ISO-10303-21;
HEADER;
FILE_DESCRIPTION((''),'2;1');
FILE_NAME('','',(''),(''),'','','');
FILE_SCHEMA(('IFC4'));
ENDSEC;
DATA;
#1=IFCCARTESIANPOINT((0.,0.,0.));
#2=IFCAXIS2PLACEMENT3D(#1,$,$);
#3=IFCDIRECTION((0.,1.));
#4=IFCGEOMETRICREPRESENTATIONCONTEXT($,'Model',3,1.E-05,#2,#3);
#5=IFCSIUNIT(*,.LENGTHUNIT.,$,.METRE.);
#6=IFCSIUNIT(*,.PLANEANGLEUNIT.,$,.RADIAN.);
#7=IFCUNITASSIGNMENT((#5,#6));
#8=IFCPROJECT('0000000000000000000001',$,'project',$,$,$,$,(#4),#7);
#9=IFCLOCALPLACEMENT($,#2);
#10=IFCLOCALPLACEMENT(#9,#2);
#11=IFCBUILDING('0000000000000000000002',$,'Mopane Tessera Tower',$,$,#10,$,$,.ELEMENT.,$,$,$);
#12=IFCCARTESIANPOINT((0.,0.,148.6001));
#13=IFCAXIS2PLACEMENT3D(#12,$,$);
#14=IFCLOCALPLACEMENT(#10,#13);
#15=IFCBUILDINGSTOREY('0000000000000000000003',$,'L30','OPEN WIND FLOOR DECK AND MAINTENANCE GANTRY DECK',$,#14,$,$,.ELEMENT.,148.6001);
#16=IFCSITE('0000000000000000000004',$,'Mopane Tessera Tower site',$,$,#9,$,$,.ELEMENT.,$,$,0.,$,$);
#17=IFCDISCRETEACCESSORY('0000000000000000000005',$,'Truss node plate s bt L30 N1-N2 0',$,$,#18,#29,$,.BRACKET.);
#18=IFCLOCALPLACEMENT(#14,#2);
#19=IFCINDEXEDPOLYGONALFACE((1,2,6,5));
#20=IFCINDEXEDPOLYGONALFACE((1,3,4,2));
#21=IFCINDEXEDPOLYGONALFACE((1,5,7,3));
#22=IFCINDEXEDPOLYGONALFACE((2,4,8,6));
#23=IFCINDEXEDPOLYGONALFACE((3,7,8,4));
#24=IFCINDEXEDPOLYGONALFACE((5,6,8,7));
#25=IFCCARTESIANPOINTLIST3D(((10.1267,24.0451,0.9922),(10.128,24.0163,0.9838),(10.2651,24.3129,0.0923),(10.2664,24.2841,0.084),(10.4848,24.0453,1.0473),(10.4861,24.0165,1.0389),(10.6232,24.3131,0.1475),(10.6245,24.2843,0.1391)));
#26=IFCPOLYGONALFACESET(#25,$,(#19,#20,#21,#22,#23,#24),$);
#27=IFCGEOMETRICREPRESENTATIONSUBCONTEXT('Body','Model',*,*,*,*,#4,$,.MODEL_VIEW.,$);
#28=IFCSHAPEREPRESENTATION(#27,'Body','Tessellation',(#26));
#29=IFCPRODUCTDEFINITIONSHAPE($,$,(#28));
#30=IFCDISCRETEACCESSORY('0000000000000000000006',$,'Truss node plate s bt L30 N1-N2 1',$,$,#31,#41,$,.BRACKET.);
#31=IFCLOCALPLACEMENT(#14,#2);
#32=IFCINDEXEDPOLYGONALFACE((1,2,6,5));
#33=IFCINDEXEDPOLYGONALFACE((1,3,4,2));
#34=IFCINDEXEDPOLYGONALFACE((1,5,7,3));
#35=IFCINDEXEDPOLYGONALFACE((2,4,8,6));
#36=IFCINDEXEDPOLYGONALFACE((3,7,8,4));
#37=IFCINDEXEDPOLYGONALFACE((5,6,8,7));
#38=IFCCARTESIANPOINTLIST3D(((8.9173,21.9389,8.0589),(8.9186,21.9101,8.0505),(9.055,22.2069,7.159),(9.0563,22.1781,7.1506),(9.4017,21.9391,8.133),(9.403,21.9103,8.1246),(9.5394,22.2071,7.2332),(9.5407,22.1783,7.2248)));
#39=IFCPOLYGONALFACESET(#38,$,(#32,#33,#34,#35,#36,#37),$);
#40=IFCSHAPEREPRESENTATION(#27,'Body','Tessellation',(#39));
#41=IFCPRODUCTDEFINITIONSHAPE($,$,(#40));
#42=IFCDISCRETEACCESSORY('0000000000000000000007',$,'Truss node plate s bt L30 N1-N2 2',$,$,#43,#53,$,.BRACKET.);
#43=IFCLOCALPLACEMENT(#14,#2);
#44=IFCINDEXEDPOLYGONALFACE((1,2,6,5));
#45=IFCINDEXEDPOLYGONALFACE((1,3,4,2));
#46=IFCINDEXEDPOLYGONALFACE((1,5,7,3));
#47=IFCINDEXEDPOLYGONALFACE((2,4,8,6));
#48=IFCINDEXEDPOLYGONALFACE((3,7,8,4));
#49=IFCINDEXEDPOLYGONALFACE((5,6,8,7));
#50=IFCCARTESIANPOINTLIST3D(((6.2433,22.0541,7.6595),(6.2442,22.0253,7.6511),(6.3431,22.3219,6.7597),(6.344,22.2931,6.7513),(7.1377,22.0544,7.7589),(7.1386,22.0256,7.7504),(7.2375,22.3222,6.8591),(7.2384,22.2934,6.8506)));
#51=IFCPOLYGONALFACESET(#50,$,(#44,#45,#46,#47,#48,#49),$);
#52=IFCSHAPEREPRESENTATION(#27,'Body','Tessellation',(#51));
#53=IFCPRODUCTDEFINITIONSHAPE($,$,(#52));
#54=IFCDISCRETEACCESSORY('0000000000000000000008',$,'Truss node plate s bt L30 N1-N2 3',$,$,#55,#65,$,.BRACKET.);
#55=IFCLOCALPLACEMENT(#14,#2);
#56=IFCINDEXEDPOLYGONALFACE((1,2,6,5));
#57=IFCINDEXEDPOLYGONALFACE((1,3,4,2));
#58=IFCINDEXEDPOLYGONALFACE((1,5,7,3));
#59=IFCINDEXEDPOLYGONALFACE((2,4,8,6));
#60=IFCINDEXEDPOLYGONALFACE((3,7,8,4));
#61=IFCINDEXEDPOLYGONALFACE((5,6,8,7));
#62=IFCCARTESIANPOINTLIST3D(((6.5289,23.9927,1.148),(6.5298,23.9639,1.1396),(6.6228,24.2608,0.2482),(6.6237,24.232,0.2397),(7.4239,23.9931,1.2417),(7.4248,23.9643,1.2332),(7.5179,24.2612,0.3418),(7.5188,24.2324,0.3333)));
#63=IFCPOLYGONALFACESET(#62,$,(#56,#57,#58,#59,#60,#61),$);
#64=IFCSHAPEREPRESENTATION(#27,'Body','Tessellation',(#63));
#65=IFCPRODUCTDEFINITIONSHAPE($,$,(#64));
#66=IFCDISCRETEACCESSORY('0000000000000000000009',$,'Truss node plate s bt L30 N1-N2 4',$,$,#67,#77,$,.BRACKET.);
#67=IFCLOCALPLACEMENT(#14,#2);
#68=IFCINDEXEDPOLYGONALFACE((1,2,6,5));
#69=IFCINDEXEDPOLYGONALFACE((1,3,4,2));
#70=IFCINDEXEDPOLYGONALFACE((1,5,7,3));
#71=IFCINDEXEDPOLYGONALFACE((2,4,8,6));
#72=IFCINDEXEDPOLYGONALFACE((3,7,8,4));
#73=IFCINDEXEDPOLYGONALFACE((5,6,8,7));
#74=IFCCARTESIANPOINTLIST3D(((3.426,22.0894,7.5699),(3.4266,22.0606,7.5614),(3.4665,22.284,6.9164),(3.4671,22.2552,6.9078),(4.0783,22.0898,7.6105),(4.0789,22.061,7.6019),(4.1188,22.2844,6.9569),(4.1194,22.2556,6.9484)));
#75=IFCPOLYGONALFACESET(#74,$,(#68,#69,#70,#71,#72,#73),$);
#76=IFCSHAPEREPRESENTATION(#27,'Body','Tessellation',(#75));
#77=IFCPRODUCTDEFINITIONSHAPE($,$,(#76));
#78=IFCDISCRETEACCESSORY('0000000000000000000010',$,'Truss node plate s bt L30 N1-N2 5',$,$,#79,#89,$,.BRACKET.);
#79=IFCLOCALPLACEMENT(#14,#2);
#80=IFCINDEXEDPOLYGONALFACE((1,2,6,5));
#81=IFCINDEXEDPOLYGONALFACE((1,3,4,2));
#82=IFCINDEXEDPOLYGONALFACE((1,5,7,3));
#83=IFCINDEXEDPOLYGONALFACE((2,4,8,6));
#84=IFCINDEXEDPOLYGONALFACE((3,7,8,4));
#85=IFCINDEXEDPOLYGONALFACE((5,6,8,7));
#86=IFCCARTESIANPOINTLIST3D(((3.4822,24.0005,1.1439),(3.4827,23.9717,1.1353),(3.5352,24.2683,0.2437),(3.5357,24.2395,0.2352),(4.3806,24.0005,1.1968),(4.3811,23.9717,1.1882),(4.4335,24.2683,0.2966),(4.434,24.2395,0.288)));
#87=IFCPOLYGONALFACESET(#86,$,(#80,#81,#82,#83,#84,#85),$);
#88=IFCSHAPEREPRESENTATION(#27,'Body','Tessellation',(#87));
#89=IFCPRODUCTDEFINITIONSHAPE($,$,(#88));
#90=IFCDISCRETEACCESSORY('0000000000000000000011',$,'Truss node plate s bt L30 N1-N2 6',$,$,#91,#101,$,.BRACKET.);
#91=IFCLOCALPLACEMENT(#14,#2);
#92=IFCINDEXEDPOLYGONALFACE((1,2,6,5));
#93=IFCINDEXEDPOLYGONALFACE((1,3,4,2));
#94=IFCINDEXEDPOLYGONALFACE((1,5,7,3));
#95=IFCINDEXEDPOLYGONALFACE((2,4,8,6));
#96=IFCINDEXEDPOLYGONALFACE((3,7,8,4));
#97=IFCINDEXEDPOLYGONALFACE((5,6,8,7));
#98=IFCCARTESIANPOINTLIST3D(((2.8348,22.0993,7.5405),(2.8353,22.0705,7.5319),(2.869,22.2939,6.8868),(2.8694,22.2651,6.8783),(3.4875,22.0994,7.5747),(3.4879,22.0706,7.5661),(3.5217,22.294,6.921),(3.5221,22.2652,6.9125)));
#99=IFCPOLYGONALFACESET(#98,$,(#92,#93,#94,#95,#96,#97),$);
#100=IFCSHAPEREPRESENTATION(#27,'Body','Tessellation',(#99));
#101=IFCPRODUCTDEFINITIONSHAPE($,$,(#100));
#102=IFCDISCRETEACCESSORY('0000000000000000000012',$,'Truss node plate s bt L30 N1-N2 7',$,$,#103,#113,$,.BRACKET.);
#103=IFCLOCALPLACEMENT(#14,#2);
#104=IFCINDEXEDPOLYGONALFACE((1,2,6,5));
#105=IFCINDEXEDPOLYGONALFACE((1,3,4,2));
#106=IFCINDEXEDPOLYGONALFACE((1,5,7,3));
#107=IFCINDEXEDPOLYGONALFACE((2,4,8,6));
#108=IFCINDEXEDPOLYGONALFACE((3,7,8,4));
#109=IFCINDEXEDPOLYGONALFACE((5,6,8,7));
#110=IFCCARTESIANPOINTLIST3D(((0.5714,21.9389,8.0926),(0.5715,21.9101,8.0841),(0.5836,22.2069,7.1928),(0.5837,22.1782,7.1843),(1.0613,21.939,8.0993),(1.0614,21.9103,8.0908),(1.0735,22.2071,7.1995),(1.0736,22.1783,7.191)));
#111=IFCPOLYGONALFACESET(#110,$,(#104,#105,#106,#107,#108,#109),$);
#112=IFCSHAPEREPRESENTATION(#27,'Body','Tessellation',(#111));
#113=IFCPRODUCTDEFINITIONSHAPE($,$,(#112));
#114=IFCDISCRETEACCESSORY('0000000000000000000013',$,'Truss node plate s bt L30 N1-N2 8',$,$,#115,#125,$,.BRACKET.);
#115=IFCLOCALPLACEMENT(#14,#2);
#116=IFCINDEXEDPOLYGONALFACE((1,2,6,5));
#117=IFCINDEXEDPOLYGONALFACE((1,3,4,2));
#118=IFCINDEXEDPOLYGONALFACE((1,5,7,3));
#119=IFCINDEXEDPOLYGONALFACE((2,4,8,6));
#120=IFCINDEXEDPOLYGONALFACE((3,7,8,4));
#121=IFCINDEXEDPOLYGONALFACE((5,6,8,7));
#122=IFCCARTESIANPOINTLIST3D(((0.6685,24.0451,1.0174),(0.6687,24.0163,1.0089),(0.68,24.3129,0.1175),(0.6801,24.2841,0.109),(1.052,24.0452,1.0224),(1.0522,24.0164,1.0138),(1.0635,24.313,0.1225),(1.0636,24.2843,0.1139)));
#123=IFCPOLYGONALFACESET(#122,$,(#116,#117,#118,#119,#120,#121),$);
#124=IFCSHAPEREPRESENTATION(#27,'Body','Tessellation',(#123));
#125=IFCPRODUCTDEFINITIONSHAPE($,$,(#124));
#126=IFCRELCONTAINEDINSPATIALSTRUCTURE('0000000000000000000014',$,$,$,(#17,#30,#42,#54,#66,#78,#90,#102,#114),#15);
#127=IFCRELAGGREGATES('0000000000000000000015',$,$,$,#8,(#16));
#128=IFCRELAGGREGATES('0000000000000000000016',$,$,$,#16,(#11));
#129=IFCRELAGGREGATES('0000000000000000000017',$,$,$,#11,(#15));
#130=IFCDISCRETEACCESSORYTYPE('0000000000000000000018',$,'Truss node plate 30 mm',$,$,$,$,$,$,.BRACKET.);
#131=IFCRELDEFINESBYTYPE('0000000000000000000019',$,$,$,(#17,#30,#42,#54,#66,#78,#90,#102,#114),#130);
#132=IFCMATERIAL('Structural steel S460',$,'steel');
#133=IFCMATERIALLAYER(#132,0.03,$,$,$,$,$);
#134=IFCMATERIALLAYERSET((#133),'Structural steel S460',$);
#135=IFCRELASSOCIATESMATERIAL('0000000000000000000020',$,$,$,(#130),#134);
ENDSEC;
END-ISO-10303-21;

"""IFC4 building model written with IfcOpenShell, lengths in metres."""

from ifc_helpers import new_model, si_unit, direction, frame, origin, origin_2d, place, context, subcontext, project, spatial, rectangle, extrude, material, layer, layer_set, type_object, element, save


model = new_model("IFC4")

# Units and contexts
model_context = context("Model", 3, precision=1e-05, world=origin(), true_north=direction((0.0, 1.0)))
body_context = subcontext(model_context, "Body", "Model", "MODEL_VIEW")
ifc_project = project(units=[si_unit("LENGTHUNIT", "METRE"), si_unit("PLANEANGLEUNIT", "RADIAN")], contexts=[model_context])

# Site, building, storey
site_placement = place(None, origin())
site = spatial("IfcSite", under=ifc_project, at=site_placement, Name="Mopane Tessera Tower site", CompositionType="ELEMENT", RefElevation=0.0)
building_placement = place(site_placement, origin())
building = spatial("IfcBuilding", under=site, at=building_placement, Name="Mopane Tessera Tower", CompositionType="ELEMENT")
storey_placement = place(building_placement, frame((0.0, 0.0, 148.6001)))
storey = spatial("IfcBuildingStorey", under=building, at=storey_placement, Name="L30", Description="OPEN WIND FLOOR DECK AND MAINTENANCE GANTRY DECK", CompositionType="ELEMENT", Elevation=148.6001)

# Discrete accessories
ifc_material_1 = material(Name="Structural steel S460", Category="steel")
ifc_layer_1 = layer(ifc_material_1, 0.03)
ifc_layer_set_1 = layer_set([ifc_layer_1], Name="Structural steel S460")
discrete_accessory_type = type_object("IfcDiscreteAccessoryType", Name="Truss node plate 30 mm", PredefinedType="BRACKET", material=ifc_layer_set_1)
discrete_accessory_1_placement = place(storey_placement, frame((10.4448, 24.2986, 0.1157), z_axis=(-0.145858, -0.282197, 0.948204), x_axis=(0.043341, -0.959356, -0.27885)))
element("IfcDiscreteAccessory", 1, at=discrete_accessory_1_placement, inside=storey, type_object=discrete_accessory_type, Name="Truss node plate s bt L30 N1-N2 0", PredefinedType="BRACKET", context=body_context, shape_type="SweptSolid", body=[
    extrude(rectangle(XDim=0.03, YDim=0.3623, at=origin_2d()), origin(), (0.0, 0.0, 1.0), 0.949),
])
discrete_accessory_2_placement = place(storey_placement, frame((9.2979, 22.1926, 7.1919), z_axis=(-0.145092, -0.282466, 0.948241), x_axis=(0.043146, -0.959277, -0.279151)))
element("IfcDiscreteAccessory", 2, at=discrete_accessory_2_placement, inside=storey, type_object=discrete_accessory_type, Name="Truss node plate s bt L30 N1-N2 1", PredefinedType="BRACKET", context=body_context, shape_type="SweptSolid", body=[
    extrude(rectangle(XDim=0.03, YDim=0.49, at=origin_2d()), origin(), (0.0, 0.0, 1.0), 0.949),
])
discrete_accessory_3_placement = place(storey_placement, frame((6.7908, 22.3076, 6.8052), z_axis=(-0.105754, -0.283648, 0.953079), x_axis=(0.031613, -0.958928, -0.281881)))
element("IfcDiscreteAccessory", 3, at=discrete_accessory_3_placement, inside=storey, type_object=discrete_accessory_type, Name="Truss node plate s bt L30 N1-N2 2", PredefinedType="BRACKET", context=body_context, shape_type="SweptSolid", body=[
    extrude(rectangle(XDim=0.03, YDim=0.8999, at=origin_2d()), origin(), (0.0, 0.0, 1.0), 0.9441),
])
discrete_accessory_4_placement = place(storey_placement, frame((7.0708, 24.2466, 0.2908), z_axis=(-0.099605, -0.284067, 0.953617), x_axis=(0.029975, -0.958804, -0.282481)))
element("IfcDiscreteAccessory", 4, at=discrete_accessory_4_placement, inside=storey, type_object=discrete_accessory_type, Name="Truss node plate s bt L30 N1-N2 3", PredefinedType="BRACKET", context=body_context, shape_type="SweptSolid", body=[
    extrude(rectangle(XDim=0.03, YDim=0.8999, at=origin_2d()), origin(), (0.0, 0.0, 1.0), 0.9436),
])
discrete_accessory_5_placement = place(storey_placement, frame((3.793, 22.2698, 6.9324), z_axis=(-0.059327, -0.284841, 0.956737), x_axis=(0.018225, -0.958575, -0.284258)))
element("IfcDiscreteAccessory", 5, at=discrete_accessory_5_placement, inside=storey, type_object=discrete_accessory_type, Name="Truss node plate s bt L30 N1-N2 4", PredefinedType="BRACKET", context=body_context, shape_type="SweptSolid", body=[
    extrude(rectangle(XDim=0.03, YDim=0.6536, at=origin_2d()), origin(), (0.0, 0.0, 1.0), 0.6831),
])
discrete_accessory_6_placement = place(storey_placement, frame((3.9846, 24.2539, 0.2659), z_axis=(-0.056322, -0.284724, 0.956953), x_axis=(0.016739, -0.958609, -0.284232)))
element("IfcDiscreteAccessory", 6, at=discrete_accessory_6_placement, inside=storey, type_object=discrete_accessory_type, Name="Truss node plate s bt L30 N1-N2 5", PredefinedType="BRACKET", context=body_context, shape_type="SweptSolid", body=[
    extrude(rectangle(XDim=0.03, YDim=0.8999, at=origin_2d()), origin(), (0.0, 0.0, 1.0), 0.9407),
])
discrete_accessory_7_placement = place(storey_placement, frame((3.1956, 22.2795, 6.8997), z_axis=(-0.05006, -0.284986, 0.957224), x_axis=(0.015114, -0.958532, -0.284585)))
element("IfcDiscreteAccessory", 7, at=discrete_accessory_7_placement, inside=storey, type_object=discrete_accessory_type, Name="Truss node plate s bt L30 N1-N2 6", PredefinedType="BRACKET", context=body_context, shape_type="SweptSolid", body=[
    extrude(rectangle(XDim=0.03, YDim=0.6536, at=origin_2d()), origin(), (0.0, 0.0, 1.0), 0.6829),
])
discrete_accessory_8_placement = place(storey_placement, frame((0.8286, 22.1926, 7.1919), z_axis=(-0.012999, -0.285463, 0.958302), x_axis=(0.004174, -0.95839, -0.285432)))
element("IfcDiscreteAccessory", 8, at=discrete_accessory_8_placement, inside=storey, type_object=discrete_accessory_type, Name="Truss node plate s bt L30 N1-N2 7", PredefinedType="BRACKET", context=body_context, shape_type="SweptSolid", body=[
    extrude(rectangle(XDim=0.03, YDim=0.49, at=origin_2d()), origin(), (0.0, 0.0, 1.0), 0.939),
])
discrete_accessory_9_placement = place(storey_placement, frame((0.8718, 24.2986, 0.1157), z_axis=(-0.01222, -0.285227, 0.958382), x_axis=(0.003994, -0.95846, -0.285199)))
element("IfcDiscreteAccessory", 9, at=discrete_accessory_9_placement, inside=storey, type_object=discrete_accessory_type, Name="Truss node plate s bt L30 N1-N2 8", PredefinedType="BRACKET", context=body_context, shape_type="SweptSolid", body=[
    extrude(rectangle(XDim=0.03, YDim=0.3835, at=origin_2d()), origin(), (0.0, 0.0, 1.0), 0.939),
])

save(model, "model.ifc")
